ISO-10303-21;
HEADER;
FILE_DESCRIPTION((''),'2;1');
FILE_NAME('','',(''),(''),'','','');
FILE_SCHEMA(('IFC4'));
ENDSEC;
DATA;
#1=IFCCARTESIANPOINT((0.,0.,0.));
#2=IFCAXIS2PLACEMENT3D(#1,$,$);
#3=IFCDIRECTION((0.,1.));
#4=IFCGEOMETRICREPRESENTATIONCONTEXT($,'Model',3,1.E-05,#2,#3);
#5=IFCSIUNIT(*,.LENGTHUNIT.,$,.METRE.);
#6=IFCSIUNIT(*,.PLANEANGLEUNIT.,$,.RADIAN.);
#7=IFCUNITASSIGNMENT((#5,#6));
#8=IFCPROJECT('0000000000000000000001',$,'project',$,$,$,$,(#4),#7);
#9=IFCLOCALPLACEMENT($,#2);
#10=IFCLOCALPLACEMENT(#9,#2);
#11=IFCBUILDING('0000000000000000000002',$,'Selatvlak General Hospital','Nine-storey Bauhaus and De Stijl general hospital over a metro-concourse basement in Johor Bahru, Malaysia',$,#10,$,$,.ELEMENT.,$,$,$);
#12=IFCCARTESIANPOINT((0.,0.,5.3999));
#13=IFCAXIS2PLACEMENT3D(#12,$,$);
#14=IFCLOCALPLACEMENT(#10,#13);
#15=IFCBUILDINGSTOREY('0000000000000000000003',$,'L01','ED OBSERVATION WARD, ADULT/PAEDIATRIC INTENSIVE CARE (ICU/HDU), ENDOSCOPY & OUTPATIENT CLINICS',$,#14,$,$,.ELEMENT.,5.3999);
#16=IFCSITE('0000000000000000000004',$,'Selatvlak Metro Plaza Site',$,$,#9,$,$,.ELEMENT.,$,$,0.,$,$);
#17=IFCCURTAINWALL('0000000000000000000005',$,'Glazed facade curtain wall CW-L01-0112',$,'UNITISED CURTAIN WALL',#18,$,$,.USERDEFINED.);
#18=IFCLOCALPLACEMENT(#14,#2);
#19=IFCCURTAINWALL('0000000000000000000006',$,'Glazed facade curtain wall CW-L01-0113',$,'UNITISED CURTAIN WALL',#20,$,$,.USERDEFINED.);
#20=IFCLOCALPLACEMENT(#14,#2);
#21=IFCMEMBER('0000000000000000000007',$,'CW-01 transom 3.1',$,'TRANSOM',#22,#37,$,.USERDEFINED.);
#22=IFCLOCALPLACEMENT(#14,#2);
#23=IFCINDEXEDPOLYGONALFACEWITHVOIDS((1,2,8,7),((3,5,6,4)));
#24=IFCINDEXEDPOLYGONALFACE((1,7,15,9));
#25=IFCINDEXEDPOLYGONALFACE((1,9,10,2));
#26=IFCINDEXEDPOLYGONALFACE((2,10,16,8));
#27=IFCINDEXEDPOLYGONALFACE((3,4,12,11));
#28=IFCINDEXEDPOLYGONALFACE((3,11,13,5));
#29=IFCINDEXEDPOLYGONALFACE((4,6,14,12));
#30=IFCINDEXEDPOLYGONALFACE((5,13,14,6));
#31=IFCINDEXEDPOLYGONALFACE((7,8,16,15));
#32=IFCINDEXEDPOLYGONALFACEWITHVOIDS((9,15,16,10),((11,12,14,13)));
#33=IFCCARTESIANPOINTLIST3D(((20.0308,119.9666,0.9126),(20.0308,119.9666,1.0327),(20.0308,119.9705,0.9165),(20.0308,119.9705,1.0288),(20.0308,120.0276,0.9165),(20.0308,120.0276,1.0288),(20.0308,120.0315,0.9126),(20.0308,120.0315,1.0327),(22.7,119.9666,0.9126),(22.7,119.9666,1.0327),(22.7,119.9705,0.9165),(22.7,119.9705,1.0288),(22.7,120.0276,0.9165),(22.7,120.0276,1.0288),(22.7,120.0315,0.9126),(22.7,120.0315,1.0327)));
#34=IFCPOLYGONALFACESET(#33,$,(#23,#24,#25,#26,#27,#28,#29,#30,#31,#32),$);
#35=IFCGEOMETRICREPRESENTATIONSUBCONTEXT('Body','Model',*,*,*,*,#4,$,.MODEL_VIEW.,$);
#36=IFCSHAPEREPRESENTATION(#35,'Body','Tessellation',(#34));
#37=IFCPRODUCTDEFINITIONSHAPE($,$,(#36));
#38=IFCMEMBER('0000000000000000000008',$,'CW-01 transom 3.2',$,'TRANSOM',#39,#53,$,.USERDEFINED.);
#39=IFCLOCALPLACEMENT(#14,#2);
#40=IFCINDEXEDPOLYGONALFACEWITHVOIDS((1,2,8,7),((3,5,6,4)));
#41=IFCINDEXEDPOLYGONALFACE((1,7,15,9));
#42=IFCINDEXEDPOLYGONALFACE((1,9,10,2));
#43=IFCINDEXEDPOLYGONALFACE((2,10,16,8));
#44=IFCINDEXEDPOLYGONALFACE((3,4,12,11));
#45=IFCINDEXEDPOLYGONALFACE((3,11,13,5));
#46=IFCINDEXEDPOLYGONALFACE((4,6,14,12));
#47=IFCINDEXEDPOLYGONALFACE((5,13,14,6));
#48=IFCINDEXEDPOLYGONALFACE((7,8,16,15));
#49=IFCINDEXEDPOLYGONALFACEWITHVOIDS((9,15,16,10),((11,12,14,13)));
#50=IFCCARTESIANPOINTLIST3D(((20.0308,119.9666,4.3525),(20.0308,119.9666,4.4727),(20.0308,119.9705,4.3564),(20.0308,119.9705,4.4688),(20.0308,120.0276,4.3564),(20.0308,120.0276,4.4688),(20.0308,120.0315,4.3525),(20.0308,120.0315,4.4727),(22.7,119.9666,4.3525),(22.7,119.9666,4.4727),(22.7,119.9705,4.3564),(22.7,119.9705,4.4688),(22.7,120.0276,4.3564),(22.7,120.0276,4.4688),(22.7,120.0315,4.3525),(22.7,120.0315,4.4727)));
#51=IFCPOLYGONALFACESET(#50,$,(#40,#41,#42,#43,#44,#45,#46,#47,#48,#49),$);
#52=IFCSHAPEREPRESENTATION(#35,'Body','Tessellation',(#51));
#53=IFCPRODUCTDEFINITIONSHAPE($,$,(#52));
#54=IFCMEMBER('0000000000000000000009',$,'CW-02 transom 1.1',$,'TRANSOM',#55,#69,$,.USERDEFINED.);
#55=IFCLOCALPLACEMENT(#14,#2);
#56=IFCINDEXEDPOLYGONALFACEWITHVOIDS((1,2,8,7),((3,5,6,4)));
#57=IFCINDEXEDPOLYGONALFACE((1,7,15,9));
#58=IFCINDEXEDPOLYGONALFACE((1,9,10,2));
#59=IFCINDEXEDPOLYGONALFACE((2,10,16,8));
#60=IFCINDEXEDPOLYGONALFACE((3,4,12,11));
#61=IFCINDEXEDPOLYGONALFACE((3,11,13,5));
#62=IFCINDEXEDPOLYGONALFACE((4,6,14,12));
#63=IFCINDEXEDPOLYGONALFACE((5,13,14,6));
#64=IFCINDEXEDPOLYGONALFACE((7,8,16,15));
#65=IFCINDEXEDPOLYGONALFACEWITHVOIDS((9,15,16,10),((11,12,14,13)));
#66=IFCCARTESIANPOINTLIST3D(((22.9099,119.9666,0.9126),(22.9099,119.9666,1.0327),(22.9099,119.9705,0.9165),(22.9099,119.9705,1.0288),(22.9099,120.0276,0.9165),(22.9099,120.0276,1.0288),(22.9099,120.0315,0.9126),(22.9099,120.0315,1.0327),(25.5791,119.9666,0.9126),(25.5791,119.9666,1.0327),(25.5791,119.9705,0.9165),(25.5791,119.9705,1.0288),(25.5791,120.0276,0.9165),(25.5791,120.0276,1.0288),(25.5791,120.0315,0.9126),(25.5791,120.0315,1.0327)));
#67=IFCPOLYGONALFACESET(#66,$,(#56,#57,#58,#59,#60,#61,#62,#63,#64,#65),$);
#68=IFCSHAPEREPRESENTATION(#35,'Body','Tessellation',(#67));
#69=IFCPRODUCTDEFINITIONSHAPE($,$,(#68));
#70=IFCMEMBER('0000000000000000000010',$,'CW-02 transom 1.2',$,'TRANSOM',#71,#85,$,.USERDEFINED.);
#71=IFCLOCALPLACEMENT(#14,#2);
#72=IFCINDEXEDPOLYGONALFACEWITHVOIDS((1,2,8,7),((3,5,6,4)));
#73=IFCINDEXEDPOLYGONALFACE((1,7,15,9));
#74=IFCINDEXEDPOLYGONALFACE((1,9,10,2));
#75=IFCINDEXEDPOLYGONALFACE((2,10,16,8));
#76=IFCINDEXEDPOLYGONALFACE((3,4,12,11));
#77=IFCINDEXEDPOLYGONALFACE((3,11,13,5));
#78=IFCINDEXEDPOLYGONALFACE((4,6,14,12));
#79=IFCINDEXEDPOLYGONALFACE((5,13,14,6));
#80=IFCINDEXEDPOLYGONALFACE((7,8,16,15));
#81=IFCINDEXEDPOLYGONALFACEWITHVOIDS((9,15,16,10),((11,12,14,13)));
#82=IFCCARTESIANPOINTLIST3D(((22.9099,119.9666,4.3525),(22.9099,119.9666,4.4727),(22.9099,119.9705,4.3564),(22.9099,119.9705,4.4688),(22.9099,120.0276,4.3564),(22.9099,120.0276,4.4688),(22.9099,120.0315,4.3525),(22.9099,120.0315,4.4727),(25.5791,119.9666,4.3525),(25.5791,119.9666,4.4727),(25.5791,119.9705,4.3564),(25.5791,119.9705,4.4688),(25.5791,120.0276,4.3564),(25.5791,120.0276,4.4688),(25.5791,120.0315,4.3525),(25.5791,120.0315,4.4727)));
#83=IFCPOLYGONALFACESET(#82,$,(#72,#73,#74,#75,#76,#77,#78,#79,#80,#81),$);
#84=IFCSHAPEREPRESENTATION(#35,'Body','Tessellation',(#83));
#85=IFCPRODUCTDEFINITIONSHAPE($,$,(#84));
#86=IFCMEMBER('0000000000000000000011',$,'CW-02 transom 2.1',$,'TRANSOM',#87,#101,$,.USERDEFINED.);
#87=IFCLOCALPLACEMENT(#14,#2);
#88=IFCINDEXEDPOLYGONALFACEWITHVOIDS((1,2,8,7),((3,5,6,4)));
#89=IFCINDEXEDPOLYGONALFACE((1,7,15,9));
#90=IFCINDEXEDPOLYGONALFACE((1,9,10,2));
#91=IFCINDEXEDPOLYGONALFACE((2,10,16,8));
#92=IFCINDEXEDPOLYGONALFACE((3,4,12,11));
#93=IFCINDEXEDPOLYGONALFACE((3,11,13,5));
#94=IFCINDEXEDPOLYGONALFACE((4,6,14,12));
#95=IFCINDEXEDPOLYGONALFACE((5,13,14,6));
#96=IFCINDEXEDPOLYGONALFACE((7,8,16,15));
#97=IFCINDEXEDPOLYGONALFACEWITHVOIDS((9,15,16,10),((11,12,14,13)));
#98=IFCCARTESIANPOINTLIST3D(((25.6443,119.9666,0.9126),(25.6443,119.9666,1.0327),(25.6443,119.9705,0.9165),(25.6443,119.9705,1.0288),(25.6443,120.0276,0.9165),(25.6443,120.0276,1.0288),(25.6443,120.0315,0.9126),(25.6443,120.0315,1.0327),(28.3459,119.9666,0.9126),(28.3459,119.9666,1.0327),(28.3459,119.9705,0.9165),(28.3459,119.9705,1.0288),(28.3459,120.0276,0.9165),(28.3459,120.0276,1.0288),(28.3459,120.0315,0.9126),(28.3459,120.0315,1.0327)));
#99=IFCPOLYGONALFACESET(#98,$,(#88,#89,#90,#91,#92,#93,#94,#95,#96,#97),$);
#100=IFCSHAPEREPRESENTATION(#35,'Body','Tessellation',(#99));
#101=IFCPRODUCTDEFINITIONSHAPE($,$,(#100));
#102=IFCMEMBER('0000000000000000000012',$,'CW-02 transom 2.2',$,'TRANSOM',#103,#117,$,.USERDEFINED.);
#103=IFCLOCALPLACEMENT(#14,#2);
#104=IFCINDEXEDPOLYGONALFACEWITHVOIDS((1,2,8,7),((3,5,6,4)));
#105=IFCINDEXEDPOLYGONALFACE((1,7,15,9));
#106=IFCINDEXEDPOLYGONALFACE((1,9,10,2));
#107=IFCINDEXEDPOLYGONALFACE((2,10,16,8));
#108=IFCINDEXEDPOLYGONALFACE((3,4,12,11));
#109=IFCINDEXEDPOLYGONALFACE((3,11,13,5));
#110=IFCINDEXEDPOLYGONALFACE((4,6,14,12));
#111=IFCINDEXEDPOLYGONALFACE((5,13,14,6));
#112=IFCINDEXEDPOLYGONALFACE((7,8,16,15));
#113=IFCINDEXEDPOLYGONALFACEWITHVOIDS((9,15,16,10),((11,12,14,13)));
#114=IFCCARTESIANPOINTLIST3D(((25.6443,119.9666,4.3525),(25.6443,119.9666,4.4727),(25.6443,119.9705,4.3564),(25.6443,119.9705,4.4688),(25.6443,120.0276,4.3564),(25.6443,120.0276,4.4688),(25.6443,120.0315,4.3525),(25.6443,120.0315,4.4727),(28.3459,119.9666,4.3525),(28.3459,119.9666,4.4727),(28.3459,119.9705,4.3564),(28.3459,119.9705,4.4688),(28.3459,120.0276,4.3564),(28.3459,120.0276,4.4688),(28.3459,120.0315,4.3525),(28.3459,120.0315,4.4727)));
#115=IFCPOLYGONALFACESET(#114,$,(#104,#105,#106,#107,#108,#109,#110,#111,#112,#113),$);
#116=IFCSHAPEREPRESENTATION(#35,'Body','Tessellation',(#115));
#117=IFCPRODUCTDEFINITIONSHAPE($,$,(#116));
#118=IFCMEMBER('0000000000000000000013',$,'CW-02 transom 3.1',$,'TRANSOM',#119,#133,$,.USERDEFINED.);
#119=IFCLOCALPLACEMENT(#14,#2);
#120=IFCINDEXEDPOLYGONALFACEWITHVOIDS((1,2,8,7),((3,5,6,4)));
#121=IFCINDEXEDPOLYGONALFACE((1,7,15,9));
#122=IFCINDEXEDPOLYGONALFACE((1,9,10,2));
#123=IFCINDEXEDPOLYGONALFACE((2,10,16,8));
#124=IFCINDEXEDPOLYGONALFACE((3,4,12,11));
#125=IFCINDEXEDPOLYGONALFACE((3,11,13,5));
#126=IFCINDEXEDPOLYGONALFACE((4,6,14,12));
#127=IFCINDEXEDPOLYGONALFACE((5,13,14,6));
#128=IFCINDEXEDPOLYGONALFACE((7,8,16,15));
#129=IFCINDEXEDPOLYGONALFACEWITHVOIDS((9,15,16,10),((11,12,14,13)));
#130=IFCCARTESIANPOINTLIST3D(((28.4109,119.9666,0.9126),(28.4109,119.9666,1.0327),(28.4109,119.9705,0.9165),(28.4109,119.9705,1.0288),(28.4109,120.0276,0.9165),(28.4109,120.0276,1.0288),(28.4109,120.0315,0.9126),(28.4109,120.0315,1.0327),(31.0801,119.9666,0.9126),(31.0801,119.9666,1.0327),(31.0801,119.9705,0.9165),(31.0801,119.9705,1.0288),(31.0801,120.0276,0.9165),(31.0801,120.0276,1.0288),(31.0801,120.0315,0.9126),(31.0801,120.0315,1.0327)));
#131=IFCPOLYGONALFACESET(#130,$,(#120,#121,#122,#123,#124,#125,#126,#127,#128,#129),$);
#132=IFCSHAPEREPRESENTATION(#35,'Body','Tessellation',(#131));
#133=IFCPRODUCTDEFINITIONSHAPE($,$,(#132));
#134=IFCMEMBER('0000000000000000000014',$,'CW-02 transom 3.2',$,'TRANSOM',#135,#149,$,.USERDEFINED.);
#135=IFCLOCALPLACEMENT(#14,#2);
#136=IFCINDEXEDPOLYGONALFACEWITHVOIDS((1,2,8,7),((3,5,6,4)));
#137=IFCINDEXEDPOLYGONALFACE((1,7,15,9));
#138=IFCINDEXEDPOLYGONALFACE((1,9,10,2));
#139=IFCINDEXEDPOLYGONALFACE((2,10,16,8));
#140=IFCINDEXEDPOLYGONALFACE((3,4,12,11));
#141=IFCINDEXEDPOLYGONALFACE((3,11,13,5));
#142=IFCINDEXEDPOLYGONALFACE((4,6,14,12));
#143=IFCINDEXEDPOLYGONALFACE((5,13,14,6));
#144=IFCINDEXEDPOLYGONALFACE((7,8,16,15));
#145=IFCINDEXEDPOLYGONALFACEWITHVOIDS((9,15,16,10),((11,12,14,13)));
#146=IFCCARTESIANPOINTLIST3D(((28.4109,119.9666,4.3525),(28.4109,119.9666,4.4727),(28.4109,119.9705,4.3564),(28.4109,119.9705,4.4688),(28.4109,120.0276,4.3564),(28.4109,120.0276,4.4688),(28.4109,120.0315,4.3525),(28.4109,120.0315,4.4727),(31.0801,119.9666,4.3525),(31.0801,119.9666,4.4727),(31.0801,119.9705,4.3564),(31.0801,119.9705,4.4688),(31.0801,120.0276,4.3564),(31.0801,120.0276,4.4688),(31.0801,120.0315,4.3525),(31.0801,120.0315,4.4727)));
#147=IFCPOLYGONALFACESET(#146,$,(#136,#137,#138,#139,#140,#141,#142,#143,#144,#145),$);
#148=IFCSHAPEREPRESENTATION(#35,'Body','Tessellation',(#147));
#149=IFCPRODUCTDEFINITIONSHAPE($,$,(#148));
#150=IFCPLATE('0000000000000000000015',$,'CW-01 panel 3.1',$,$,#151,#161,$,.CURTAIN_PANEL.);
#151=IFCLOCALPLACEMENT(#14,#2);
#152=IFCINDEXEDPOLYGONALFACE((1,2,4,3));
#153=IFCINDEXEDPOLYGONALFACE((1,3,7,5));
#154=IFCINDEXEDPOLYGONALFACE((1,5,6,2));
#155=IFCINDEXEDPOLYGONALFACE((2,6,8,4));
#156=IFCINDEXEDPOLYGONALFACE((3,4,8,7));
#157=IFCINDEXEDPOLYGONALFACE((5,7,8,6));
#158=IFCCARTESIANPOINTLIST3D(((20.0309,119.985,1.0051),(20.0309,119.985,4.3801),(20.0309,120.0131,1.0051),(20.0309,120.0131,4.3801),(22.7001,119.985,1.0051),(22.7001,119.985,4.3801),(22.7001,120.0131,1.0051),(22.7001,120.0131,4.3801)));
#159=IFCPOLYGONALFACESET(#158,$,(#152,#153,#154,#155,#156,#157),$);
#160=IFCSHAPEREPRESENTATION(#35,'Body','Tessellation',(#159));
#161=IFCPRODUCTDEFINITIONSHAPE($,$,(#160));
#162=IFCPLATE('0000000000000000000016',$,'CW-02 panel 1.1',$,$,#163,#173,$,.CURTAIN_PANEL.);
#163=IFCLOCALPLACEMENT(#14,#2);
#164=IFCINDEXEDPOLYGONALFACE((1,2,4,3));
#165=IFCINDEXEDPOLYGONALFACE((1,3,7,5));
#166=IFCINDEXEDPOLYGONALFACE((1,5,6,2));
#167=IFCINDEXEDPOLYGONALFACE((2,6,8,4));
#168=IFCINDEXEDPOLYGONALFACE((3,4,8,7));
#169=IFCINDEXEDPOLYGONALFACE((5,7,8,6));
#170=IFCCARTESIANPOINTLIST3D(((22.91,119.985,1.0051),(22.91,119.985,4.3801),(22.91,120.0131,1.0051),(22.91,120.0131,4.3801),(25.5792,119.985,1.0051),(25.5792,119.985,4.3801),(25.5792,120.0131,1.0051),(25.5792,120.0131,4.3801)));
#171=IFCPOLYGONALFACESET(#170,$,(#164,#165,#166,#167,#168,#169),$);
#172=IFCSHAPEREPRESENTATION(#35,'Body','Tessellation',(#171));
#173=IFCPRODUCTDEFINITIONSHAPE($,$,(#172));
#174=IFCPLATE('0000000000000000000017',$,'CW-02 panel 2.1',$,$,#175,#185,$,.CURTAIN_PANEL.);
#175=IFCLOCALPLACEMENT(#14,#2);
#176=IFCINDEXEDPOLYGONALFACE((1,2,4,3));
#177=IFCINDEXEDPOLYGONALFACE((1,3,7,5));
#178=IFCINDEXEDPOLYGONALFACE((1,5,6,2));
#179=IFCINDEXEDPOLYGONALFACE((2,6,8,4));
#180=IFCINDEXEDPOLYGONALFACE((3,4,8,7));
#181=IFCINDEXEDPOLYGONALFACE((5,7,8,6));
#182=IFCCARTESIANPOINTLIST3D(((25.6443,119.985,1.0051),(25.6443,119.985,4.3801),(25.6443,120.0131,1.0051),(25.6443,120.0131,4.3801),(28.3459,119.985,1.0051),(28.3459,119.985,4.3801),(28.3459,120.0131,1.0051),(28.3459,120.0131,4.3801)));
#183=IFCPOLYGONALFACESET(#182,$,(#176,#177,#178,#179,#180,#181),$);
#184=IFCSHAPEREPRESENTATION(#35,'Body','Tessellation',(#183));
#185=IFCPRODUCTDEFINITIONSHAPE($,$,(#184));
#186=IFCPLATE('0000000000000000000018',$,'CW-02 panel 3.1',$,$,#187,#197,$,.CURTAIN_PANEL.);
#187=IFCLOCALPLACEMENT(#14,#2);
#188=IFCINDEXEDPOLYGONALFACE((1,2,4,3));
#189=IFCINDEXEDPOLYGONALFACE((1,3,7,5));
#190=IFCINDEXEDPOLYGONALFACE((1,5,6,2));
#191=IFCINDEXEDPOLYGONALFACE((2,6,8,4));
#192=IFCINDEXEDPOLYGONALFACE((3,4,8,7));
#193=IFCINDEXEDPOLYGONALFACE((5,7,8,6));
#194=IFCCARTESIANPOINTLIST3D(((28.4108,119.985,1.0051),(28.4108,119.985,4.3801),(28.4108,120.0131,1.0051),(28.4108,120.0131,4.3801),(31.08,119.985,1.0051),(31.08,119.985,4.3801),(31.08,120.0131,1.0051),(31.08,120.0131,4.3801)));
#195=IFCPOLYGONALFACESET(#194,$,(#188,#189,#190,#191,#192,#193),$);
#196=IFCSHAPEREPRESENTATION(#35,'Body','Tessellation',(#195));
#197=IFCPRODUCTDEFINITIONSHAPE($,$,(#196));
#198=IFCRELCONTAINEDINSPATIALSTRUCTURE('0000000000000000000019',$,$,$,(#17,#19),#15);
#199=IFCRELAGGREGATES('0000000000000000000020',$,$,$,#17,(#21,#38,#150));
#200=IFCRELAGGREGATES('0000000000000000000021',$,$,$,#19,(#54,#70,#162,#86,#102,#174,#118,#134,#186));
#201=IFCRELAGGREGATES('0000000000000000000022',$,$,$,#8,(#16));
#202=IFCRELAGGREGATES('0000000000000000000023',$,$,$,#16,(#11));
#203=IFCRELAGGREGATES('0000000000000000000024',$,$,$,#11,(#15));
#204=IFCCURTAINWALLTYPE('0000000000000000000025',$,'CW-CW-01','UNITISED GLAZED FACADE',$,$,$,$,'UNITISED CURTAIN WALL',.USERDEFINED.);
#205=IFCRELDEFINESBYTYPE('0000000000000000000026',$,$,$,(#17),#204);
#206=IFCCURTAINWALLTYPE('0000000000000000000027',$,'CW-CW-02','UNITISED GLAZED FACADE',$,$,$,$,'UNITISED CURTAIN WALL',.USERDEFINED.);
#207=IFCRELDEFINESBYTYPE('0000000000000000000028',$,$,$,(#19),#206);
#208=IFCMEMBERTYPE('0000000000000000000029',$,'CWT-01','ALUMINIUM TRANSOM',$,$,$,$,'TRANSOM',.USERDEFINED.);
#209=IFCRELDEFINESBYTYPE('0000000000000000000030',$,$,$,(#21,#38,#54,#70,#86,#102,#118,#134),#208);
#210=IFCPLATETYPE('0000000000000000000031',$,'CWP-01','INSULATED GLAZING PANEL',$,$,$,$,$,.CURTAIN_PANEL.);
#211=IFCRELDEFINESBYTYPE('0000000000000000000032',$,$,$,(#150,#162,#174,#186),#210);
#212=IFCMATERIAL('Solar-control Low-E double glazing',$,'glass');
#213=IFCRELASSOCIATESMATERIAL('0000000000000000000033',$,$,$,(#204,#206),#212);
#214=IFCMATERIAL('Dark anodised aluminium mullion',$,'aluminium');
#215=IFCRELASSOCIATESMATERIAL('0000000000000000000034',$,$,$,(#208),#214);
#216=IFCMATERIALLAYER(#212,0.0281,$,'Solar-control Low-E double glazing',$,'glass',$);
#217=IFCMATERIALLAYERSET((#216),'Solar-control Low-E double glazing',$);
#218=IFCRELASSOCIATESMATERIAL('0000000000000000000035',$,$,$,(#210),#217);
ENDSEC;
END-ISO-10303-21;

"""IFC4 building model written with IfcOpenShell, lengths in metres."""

from ifc_helpers import new_model, si_unit, direction, frame, origin, origin_2d, place, context, subcontext, project, spatial, rectangle, hollow_rectangle, extrude, material, layer, layer_set, material_profile, profile_set, type_object, element, aggregate, save


model = new_model("IFC4")

# Units and contexts
model_context = context("Model", 3, precision=1e-05, world=origin(), true_north=direction((0.0, 1.0)))
body_context = subcontext(model_context, "Body", "Model", "MODEL_VIEW")
ifc_project = project(units=[si_unit("LENGTHUNIT", "METRE"), si_unit("PLANEANGLEUNIT", "RADIAN")], contexts=[model_context])

# Site, building, storey
site_placement = place(None, origin())
site = spatial("IfcSite", under=ifc_project, at=site_placement, Name="Selatvlak Metro Plaza Site", CompositionType="ELEMENT", RefElevation=0.0)
building_placement = place(site_placement, origin())
building = spatial("IfcBuilding", under=site, at=building_placement, Name="Selatvlak General Hospital", Description="Nine-storey Bauhaus and De Stijl general hospital over a metro-concourse basement in Johor Bahru, Malaysia", CompositionType="ELEMENT")
storey_placement = place(building_placement, frame((0.0, 0.0, 5.3999)))
storey = spatial("IfcBuildingStorey", under=building, at=storey_placement, Name="L01", Description="ED OBSERVATION WARD, ADULT/PAEDIATRIC INTENSIVE CARE (ICU/HDU), ENDOSCOPY & OUTPATIENT CLINICS", CompositionType="ELEMENT", Elevation=5.3999)

# Curtain walls
ifc_material_1 = material(Name="Solar-control Low-E double glazing", Category="glass")
curtain_wall_type_1 = type_object("IfcCurtainWallType", Name="CW-CW-01", Description="UNITISED GLAZED FACADE", ElementType="UNITISED CURTAIN WALL", PredefinedType="USERDEFINED", material=ifc_material_1)
curtain_wall_1_placement = place(storey_placement, origin())
curtain_wall_1 = element("IfcCurtainWall", 1, at=curtain_wall_1_placement, inside=storey, type_object=curtain_wall_type_1, Name="Glazed facade curtain wall CW-L01-0112", ObjectType="UNITISED CURTAIN WALL", PredefinedType="USERDEFINED")
ifc_material_2 = material(Name="Dark anodised aluminium mullion", Category="aluminium")
curtain_wall_type_2 = type_object("IfcCurtainWallType", Name="CW-CW-02", Description="UNITISED GLAZED FACADE", ElementType="UNITISED CURTAIN WALL", PredefinedType="USERDEFINED", material=ifc_material_1)
curtain_wall_2_placement = place(storey_placement, origin())
curtain_wall_2 = element("IfcCurtainWall", 2, at=curtain_wall_2_placement, inside=storey, type_object=curtain_wall_type_2, Name="Glazed facade curtain wall CW-L01-0113", ObjectType="UNITISED CURTAIN WALL", PredefinedType="USERDEFINED")

# Members
ifc_material_profile_1 = material_profile(ifc_material_2, hollow_rectangle(XDim=0.0649, YDim=0.1201, WallThickness=0.0039, at=origin_2d()), Name="AL-TRN 65x120x4")
ifc_profile_set_1 = profile_set([ifc_material_profile_1], Name="Dark anodised aluminium mullion")
member_type_1 = type_object("IfcMemberType", Name="CWT-01", Description="ALUMINIUM TRANSOM", ElementType="TRANSOM", PredefinedType="USERDEFINED", material=ifc_profile_set_1)
member_1_placement = place(storey_placement, frame((20.0308, 119.999, 0.9727), z_axis=(1.0, 0.0, 0.0), x_axis=(0.0, 1.0, 0.0)))
member_1 = element("IfcMember", 3, at=member_1_placement, type_object=member_type_1, Name="CW-01 transom 3.1", ObjectType="TRANSOM", PredefinedType="USERDEFINED", context=body_context, shape_type="SweptSolid", body=[
    extrude(hollow_rectangle(XDim=0.0649, YDim=0.1201, WallThickness=0.0039, at=origin_2d()), origin(), (0.0, 0.0, 1.0), 2.6692),
])
member_2_placement = place(storey_placement, frame((20.0308, 119.999, 4.4126), z_axis=(1.0, 0.0, 0.0), x_axis=(0.0, 1.0, 0.0)))
member_2 = element("IfcMember", 4, at=member_2_placement, type_object=member_type_1, Name="CW-01 transom 3.2", ObjectType="TRANSOM", PredefinedType="USERDEFINED", context=body_context, shape_type="SweptSolid", body=[
    extrude(hollow_rectangle(XDim=0.0649, YDim=0.1201, WallThickness=0.0039, at=origin_2d()), origin(), (0.0, 0.0, 1.0), 2.6692),
])
member_3_placement = place(storey_placement, frame((22.9099, 119.999, 0.9727), z_axis=(1.0, 0.0, 0.0), x_axis=(0.0, 1.0, 0.0)))
member_3 = element("IfcMember", 5, at=member_3_placement, type_object=member_type_1, Name="CW-02 transom 1.1", ObjectType="TRANSOM", PredefinedType="USERDEFINED", context=body_context, shape_type="SweptSolid", body=[
    extrude(hollow_rectangle(XDim=0.0649, YDim=0.1201, WallThickness=0.0039, at=origin_2d()), origin(), (0.0, 0.0, 1.0), 2.6692),
])
member_4_placement = place(storey_placement, frame((22.9099, 119.999, 4.4126), z_axis=(1.0, 0.0, 0.0), x_axis=(0.0, 1.0, 0.0)))
member_4 = element("IfcMember", 6, at=member_4_placement, type_object=member_type_1, Name="CW-02 transom 1.2", ObjectType="TRANSOM", PredefinedType="USERDEFINED", context=body_context, shape_type="SweptSolid", body=[
    extrude(hollow_rectangle(XDim=0.0649, YDim=0.1201, WallThickness=0.0039, at=origin_2d()), origin(), (0.0, 0.0, 1.0), 2.6692),
])
member_5_placement = place(storey_placement, frame((25.6443, 119.999, 0.9727), z_axis=(1.0, 0.0, 0.0), x_axis=(0.0, 1.0, 0.0)))
member_5 = element("IfcMember", 7, at=member_5_placement, type_object=member_type_1, Name="CW-02 transom 2.1", ObjectType="TRANSOM", PredefinedType="USERDEFINED", context=body_context, shape_type="SweptSolid", body=[
    extrude(hollow_rectangle(XDim=0.0649, YDim=0.1201, WallThickness=0.0039, at=origin_2d()), origin(), (0.0, 0.0, 1.0), 2.7017),
])
member_6_placement = place(storey_placement, frame((25.6443, 119.999, 4.4126), z_axis=(1.0, 0.0, 0.0), x_axis=(0.0, 1.0, 0.0)))
member_6 = element("IfcMember", 8, at=member_6_placement, type_object=member_type_1, Name="CW-02 transom 2.2", ObjectType="TRANSOM", PredefinedType="USERDEFINED", context=body_context, shape_type="SweptSolid", body=[
    extrude(hollow_rectangle(XDim=0.0649, YDim=0.1201, WallThickness=0.0039, at=origin_2d()), origin(), (0.0, 0.0, 1.0), 2.7017),
])
member_7_placement = place(storey_placement, frame((28.4109, 119.999, 0.9727), z_axis=(1.0, 0.0, 0.0), x_axis=(0.0, 1.0, 0.0)))
member_7 = element("IfcMember", 9, at=member_7_placement, type_object=member_type_1, Name="CW-02 transom 3.1", ObjectType="TRANSOM", PredefinedType="USERDEFINED", context=body_context, shape_type="SweptSolid", body=[
    extrude(hollow_rectangle(XDim=0.0649, YDim=0.1201, WallThickness=0.0039, at=origin_2d()), origin(), (0.0, 0.0, 1.0), 2.6692),
])
member_8_placement = place(storey_placement, frame((28.4109, 119.999, 4.4126), z_axis=(1.0, 0.0, 0.0), x_axis=(0.0, 1.0, 0.0)))
member_8 = element("IfcMember", 10, at=member_8_placement, type_object=member_type_1, Name="CW-02 transom 3.2", ObjectType="TRANSOM", PredefinedType="USERDEFINED", context=body_context, shape_type="SweptSolid", body=[
    extrude(hollow_rectangle(XDim=0.0649, YDim=0.1201, WallThickness=0.0039, at=origin_2d()), origin(), (0.0, 0.0, 1.0), 2.6692),
])

# Plates
ifc_layer_1 = layer(ifc_material_1, 0.0281, Name="Solar-control Low-E double glazing", Category="glass")
ifc_layer_set_1 = layer_set([ifc_layer_1], Name="Solar-control Low-E double glazing")
plate_type = type_object("IfcPlateType", Name="CWP-01", Description="INSULATED GLAZING PANEL", PredefinedType="CURTAIN_PANEL", material=ifc_layer_set_1)
plate_1_placement = place(storey_placement, frame((21.3655, 119.999, 1.0051), z_axis=(0.0, 0.0, 1.0), x_axis=(1.0, 0.0, 0.0)))
plate_1 = element("IfcPlate", 11, at=plate_1_placement, type_object=plate_type, Name="CW-01 panel 3.1", PredefinedType="CURTAIN_PANEL", context=body_context, shape_type="SweptSolid", body=[
    extrude(rectangle(XDim=2.6692, YDim=0.0281, at=origin_2d()), origin(), (0.0, 0.0, 1.0), 3.375),
])
aggregate(curtain_wall_1, [member_1, member_2, plate_1])
plate_2_placement = place(storey_placement, frame((24.2446, 119.999, 1.0051), z_axis=(0.0, 0.0, 1.0), x_axis=(1.0, 0.0, 0.0)))
plate_2 = element("IfcPlate", 12, at=plate_2_placement, type_object=plate_type, Name="CW-02 panel 1.1", PredefinedType="CURTAIN_PANEL", context=body_context, shape_type="SweptSolid", body=[
    extrude(rectangle(XDim=2.6692, YDim=0.0281, at=origin_2d()), origin(), (0.0, 0.0, 1.0), 3.375),
])
plate_3_placement = place(storey_placement, frame((26.9951, 119.999, 1.0051), z_axis=(0.0, 0.0, 1.0), x_axis=(1.0, 0.0, 0.0)))
plate_3 = element("IfcPlate", 13, at=plate_3_placement, type_object=plate_type, Name="CW-02 panel 2.1", PredefinedType="CURTAIN_PANEL", context=body_context, shape_type="SweptSolid", body=[
    extrude(rectangle(XDim=2.7017, YDim=0.0281, at=origin_2d()), origin(), (0.0, 0.0, 1.0), 3.375),
])
plate_4_placement = place(storey_placement, frame((29.7454, 119.999, 1.0051), z_axis=(0.0, 0.0, 1.0), x_axis=(1.0, 0.0, 0.0)))
plate_4 = element("IfcPlate", 14, at=plate_4_placement, type_object=plate_type, Name="CW-02 panel 3.1", PredefinedType="CURTAIN_PANEL", context=body_context, shape_type="SweptSolid", body=[
    extrude(rectangle(XDim=2.6692, YDim=0.0281, at=origin_2d()), origin(), (0.0, 0.0, 1.0), 3.375),
])
aggregate(curtain_wall_2, [member_3, member_4, plate_2, member_5, member_6, plate_3, member_7, member_8, plate_4])

save(model, "model.ifc")
